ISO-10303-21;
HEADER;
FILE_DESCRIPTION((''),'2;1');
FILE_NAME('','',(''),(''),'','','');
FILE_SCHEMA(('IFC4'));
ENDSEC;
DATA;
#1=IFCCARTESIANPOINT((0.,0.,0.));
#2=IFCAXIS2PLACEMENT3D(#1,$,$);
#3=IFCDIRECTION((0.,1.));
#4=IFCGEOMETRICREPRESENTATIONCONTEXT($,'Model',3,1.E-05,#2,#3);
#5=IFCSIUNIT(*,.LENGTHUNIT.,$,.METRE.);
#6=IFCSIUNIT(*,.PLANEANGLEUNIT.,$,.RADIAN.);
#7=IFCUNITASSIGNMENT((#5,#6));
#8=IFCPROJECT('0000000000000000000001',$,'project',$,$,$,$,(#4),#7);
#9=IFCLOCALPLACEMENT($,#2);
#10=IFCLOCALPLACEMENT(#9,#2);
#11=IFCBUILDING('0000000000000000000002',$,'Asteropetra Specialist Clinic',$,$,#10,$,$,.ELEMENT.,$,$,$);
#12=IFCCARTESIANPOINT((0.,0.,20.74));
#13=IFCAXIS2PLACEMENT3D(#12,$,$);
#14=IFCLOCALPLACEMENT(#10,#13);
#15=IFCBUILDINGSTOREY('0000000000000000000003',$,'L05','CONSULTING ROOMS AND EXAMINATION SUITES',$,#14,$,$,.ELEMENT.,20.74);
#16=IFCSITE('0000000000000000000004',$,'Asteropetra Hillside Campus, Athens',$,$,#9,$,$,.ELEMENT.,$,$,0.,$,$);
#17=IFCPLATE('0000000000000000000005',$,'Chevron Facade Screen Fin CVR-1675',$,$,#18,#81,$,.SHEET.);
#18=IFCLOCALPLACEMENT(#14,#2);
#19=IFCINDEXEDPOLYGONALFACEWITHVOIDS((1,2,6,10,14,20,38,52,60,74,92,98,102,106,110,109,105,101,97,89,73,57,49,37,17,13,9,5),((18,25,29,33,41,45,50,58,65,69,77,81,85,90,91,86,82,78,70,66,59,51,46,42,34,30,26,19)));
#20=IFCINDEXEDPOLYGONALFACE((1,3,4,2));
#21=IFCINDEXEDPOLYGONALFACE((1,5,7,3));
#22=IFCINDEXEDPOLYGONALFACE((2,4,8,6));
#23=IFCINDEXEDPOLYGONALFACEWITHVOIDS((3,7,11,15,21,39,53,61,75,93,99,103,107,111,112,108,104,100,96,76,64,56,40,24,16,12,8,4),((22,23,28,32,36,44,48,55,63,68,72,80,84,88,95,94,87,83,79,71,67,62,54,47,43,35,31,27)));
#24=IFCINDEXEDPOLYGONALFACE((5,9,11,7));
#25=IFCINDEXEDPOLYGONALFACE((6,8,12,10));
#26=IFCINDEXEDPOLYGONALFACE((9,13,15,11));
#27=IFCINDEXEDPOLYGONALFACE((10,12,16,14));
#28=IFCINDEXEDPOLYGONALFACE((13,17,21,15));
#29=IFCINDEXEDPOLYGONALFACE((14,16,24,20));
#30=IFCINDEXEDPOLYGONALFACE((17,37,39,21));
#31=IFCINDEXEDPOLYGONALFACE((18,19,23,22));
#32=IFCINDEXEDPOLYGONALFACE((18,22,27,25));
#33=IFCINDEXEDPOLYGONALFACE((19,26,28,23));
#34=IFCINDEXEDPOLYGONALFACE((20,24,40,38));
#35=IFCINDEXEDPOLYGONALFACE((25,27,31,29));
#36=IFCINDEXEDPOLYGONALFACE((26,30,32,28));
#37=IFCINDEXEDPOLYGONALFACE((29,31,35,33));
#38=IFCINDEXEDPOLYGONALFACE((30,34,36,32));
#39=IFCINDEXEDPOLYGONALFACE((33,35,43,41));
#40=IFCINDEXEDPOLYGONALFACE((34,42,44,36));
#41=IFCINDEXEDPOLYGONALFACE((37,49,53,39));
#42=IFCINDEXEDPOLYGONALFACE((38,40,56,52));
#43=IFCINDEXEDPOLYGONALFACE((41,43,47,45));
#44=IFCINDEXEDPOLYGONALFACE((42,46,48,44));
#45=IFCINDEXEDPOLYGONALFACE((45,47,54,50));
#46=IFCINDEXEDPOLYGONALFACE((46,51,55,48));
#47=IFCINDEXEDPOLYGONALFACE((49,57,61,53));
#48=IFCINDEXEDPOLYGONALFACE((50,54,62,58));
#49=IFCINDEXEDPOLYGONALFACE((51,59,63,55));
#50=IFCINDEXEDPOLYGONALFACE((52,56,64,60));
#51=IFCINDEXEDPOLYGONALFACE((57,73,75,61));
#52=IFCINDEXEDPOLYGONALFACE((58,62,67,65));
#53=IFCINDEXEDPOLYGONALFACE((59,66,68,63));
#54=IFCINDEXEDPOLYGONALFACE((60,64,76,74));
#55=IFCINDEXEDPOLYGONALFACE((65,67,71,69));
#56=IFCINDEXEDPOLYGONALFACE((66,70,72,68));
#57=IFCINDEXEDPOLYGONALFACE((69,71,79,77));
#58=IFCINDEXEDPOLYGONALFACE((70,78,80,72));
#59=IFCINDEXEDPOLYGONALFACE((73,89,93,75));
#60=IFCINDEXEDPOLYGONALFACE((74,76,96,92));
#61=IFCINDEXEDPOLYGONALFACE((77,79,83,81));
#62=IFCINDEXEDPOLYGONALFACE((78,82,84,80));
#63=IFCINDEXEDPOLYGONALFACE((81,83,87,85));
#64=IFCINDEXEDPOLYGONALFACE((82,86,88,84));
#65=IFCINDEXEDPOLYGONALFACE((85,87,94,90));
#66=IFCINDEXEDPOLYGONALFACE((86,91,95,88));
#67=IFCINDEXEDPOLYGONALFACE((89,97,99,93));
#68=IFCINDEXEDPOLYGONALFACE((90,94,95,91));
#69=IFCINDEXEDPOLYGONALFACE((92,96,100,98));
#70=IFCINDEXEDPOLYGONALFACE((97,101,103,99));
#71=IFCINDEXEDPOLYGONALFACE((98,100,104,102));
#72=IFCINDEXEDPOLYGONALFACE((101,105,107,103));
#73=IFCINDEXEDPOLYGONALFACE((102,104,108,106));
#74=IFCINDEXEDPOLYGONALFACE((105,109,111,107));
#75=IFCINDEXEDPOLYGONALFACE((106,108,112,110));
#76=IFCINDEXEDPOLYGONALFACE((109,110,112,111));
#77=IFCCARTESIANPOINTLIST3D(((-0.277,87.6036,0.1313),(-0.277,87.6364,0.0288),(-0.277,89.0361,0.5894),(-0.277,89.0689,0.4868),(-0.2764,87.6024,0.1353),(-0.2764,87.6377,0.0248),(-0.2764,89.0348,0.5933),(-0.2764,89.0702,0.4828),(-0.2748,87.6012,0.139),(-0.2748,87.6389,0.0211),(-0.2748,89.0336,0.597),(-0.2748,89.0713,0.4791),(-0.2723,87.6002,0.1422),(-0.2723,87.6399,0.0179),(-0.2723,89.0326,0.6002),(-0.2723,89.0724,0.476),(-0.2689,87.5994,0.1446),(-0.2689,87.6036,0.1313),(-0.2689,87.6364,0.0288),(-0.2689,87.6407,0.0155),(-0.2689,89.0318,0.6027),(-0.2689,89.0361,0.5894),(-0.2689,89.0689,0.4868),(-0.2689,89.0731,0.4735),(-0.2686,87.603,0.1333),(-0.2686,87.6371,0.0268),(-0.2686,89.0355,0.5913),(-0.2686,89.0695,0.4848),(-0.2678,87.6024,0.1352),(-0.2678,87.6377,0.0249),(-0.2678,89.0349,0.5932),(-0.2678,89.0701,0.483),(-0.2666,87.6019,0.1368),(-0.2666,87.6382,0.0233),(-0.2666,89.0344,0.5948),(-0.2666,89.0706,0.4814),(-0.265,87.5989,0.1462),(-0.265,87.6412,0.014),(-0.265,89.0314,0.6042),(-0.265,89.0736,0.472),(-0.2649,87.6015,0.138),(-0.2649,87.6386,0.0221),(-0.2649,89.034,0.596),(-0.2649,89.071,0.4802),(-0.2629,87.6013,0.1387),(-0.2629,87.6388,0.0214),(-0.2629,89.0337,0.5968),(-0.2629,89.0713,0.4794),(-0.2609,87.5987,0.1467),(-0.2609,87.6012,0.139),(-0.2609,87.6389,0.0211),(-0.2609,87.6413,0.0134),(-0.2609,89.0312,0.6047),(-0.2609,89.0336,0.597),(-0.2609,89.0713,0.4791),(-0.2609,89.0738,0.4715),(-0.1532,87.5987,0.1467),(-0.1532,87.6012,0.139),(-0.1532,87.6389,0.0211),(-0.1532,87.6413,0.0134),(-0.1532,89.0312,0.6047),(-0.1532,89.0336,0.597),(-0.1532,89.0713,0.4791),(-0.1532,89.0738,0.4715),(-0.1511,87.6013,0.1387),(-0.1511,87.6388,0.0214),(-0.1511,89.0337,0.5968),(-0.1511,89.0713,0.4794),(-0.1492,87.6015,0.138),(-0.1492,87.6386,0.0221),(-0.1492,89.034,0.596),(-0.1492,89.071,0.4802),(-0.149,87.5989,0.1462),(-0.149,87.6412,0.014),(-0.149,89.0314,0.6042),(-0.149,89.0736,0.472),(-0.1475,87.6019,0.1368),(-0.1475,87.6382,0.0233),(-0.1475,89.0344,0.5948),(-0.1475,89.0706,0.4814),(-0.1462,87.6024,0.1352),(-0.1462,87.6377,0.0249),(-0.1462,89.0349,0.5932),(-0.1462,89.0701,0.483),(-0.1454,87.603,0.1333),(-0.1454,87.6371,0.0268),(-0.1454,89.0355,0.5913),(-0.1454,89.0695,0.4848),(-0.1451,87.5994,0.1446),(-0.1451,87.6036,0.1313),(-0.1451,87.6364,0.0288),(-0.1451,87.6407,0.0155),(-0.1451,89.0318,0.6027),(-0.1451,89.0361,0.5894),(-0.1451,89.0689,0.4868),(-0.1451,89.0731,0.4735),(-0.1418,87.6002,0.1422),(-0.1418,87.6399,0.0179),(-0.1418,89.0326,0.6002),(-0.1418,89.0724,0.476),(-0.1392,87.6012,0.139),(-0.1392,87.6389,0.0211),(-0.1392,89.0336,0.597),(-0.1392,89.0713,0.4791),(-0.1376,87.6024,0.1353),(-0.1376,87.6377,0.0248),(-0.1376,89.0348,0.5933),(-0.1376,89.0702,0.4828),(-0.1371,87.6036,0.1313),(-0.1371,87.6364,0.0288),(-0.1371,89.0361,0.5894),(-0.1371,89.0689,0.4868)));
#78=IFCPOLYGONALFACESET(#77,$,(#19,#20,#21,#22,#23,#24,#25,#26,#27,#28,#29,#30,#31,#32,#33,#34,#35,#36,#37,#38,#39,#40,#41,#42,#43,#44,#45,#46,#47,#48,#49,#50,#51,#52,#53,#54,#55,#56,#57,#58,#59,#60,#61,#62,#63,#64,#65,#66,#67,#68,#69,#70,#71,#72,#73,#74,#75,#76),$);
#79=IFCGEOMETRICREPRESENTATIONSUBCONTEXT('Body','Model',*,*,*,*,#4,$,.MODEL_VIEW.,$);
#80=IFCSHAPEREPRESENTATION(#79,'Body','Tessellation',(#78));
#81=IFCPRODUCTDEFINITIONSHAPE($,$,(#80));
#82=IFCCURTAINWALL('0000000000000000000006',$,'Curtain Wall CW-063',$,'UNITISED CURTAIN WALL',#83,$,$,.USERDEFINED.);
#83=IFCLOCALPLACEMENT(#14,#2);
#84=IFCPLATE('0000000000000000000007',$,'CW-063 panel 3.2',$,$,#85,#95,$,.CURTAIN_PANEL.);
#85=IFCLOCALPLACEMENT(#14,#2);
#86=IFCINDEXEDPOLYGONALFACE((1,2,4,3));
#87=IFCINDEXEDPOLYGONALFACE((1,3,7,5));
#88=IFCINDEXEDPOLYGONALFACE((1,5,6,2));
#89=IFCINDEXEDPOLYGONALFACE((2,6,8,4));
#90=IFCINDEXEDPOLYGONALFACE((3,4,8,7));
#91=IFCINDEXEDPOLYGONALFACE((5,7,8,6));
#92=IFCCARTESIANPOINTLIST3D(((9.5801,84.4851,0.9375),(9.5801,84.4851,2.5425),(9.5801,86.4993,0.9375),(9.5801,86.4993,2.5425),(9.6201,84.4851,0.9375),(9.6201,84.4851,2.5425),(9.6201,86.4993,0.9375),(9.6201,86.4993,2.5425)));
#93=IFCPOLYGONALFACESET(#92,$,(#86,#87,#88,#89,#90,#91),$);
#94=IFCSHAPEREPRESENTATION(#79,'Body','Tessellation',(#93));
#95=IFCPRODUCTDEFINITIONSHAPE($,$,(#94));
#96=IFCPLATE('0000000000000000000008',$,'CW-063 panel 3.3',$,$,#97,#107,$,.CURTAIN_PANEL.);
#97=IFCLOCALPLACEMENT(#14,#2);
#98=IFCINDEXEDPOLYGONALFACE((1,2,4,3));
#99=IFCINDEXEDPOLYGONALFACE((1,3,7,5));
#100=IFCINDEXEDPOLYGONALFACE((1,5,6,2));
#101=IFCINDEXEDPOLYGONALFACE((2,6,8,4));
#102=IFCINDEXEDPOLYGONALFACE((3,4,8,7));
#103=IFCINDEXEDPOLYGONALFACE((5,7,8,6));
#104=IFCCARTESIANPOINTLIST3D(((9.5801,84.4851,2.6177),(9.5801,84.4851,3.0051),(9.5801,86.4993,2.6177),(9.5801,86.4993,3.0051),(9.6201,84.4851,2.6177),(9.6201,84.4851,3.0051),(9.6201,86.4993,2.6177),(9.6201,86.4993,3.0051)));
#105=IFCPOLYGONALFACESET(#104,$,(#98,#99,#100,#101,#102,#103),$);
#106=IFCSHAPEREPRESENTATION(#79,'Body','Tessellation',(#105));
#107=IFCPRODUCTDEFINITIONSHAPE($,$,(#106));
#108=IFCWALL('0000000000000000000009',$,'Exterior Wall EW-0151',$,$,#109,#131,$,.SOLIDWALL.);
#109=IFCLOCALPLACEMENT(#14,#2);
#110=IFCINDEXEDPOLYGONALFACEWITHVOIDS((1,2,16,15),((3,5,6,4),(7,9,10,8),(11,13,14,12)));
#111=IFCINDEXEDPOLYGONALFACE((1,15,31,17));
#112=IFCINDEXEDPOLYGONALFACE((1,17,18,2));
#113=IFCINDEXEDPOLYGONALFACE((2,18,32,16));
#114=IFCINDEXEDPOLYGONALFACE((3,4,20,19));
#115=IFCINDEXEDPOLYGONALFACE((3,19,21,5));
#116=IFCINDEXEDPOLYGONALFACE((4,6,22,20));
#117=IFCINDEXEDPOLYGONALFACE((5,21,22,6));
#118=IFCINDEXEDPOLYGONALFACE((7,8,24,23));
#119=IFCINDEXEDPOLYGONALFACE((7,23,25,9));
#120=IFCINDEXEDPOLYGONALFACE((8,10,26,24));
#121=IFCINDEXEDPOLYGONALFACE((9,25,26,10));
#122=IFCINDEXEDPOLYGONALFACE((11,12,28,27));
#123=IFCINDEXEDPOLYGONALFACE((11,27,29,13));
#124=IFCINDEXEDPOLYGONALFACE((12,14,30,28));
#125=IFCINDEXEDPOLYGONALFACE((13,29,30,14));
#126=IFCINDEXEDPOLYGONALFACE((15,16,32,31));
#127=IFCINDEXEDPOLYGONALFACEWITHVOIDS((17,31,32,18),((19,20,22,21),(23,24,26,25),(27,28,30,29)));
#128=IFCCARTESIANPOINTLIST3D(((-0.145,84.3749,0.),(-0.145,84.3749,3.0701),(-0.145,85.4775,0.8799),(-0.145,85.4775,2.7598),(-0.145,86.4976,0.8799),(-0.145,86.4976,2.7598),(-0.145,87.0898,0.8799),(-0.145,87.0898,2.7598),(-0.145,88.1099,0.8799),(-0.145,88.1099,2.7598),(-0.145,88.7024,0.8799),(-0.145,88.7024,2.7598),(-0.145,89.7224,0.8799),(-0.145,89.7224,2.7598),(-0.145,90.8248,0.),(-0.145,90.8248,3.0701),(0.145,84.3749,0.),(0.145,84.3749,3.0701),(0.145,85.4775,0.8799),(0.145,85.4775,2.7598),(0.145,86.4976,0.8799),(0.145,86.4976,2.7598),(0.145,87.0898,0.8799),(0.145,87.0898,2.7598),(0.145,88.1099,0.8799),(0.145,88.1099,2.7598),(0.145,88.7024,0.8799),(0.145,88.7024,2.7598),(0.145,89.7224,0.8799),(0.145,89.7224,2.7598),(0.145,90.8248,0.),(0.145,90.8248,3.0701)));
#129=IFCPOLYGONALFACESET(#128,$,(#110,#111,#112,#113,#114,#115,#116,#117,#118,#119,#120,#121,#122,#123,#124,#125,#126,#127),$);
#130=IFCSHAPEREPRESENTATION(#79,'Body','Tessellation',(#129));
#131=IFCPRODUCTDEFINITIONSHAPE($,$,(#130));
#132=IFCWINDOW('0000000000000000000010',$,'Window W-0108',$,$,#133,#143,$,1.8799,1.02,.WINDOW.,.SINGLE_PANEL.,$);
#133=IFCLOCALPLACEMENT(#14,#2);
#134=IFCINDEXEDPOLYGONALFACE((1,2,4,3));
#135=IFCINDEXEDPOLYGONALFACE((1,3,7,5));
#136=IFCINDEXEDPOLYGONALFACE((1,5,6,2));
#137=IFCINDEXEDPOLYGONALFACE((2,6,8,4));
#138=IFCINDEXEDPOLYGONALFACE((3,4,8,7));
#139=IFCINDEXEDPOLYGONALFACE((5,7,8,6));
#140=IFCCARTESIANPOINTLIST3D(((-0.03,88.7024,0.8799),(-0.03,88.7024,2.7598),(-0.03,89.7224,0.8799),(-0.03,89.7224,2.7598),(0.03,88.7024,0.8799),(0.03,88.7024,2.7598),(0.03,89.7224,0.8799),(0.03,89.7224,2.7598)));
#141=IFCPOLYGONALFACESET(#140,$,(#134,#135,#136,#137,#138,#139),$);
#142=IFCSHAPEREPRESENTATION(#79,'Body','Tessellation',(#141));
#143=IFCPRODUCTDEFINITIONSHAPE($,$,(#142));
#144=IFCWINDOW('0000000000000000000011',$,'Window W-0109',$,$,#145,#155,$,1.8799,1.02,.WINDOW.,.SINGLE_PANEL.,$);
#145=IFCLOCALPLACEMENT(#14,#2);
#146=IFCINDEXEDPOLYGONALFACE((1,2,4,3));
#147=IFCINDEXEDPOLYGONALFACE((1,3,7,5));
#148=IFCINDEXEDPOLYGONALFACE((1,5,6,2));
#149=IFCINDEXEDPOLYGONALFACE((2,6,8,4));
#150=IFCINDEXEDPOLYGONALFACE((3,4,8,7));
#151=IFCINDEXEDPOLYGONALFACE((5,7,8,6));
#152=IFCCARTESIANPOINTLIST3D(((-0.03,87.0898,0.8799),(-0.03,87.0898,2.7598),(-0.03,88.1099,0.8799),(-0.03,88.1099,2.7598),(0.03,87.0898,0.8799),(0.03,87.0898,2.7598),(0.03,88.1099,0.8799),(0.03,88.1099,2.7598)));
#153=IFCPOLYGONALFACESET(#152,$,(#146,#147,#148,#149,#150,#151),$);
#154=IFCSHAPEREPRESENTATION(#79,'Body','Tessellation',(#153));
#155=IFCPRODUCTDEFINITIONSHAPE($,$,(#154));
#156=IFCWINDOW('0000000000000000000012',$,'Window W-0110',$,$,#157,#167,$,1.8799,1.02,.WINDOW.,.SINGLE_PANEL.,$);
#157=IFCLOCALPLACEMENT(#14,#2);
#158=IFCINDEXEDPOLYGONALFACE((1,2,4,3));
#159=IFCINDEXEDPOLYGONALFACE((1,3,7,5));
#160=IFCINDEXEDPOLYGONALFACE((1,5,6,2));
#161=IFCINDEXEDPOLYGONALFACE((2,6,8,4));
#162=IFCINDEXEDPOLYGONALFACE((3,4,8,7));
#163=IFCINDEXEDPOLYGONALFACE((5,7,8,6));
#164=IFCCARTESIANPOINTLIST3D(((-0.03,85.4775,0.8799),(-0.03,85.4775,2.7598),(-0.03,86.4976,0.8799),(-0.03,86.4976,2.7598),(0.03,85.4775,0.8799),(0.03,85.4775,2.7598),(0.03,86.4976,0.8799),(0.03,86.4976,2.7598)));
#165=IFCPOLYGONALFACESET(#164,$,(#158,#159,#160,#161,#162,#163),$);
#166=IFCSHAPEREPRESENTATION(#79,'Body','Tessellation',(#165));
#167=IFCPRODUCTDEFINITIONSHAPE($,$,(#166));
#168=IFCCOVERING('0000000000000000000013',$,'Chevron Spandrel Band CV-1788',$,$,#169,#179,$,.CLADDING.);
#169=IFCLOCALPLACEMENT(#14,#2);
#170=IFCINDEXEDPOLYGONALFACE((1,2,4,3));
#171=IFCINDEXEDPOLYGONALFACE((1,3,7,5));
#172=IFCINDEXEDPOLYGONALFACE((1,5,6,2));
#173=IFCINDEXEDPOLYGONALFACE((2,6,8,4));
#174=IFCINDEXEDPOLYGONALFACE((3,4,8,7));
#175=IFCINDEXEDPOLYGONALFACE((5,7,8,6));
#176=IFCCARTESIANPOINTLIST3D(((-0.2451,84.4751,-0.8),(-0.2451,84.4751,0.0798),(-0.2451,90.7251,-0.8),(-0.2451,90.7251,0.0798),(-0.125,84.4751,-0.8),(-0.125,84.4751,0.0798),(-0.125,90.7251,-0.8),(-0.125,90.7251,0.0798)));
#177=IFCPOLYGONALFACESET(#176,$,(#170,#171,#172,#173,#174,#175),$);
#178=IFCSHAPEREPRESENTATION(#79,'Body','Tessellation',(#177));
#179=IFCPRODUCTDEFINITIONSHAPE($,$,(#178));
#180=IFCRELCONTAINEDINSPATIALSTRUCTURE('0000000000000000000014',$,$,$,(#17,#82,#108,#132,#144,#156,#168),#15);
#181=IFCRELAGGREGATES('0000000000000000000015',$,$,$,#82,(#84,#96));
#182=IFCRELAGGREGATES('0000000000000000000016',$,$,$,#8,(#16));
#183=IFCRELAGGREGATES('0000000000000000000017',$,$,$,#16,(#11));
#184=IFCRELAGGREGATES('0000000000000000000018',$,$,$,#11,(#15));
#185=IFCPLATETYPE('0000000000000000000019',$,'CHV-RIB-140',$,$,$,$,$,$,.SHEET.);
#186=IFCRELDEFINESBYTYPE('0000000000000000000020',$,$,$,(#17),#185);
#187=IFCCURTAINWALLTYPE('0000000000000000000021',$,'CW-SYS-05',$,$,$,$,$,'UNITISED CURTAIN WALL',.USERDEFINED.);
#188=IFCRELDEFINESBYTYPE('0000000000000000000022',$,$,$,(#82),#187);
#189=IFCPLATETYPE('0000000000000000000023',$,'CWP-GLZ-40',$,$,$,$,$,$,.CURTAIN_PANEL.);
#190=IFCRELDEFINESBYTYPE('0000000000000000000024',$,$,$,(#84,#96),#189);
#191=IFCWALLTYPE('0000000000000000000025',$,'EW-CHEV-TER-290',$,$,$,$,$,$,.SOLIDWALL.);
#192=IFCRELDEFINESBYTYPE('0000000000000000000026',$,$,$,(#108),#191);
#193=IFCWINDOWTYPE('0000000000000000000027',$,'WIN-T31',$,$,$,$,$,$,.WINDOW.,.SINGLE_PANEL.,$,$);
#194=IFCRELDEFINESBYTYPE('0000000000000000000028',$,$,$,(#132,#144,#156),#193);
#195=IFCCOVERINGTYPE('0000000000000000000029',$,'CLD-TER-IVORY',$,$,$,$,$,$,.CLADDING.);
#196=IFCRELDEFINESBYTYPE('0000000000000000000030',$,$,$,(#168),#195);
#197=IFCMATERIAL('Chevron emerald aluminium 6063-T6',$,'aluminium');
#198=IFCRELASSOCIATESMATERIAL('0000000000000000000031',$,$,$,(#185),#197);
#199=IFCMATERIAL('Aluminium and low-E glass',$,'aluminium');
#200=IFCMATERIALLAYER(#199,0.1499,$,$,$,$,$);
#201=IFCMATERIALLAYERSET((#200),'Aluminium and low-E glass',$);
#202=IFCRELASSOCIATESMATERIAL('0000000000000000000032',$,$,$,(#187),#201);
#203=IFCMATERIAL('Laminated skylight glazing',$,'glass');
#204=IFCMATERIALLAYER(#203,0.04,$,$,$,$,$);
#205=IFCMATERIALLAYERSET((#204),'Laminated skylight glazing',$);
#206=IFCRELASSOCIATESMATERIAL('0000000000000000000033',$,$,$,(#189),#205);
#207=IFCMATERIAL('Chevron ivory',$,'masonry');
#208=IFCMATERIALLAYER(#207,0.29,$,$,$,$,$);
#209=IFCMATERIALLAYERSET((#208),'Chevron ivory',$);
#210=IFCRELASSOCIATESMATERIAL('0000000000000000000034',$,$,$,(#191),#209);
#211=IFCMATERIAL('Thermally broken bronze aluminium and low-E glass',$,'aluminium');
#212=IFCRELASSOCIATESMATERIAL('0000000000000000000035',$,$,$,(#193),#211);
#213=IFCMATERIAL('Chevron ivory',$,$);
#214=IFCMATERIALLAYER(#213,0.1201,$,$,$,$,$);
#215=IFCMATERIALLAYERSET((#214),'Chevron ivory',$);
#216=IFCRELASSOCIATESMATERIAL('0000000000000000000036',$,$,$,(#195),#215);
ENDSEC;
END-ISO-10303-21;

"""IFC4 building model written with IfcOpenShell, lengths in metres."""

from ifc_helpers import new_model, si_unit, direction, frame, frame_2d, origin, origin_2d, place, context, subcontext, project, spatial, rectangle, hollow_rectangle, extrude, material, layer, layer_set, material_profile, profile_set, type_object, element, fill, aggregate, save


model = new_model("IFC4")

# Units and contexts
model_context = context("Model", 3, precision=1e-05, world=origin(), true_north=direction((0.0, 1.0)))
body_context = subcontext(model_context, "Body", "Model", "MODEL_VIEW")
ifc_project = project(units=[si_unit("LENGTHUNIT", "METRE"), si_unit("PLANEANGLEUNIT", "RADIAN")], contexts=[model_context])

# Site, building, storey
site_placement = place(None, origin())
site = spatial("IfcSite", under=ifc_project, at=site_placement, Name="Asteropetra Hillside Campus, Athens", CompositionType="ELEMENT", RefElevation=0.0)
building_placement = place(site_placement, origin())
building = spatial("IfcBuilding", under=site, at=building_placement, Name="Asteropetra Specialist Clinic", CompositionType="ELEMENT")
storey_placement = place(building_placement, frame((0.0, 0.0, 20.74)))
storey = spatial("IfcBuildingStorey", under=building, at=storey_placement, Name="L05", Description="CONSULTING ROOMS AND EXAMINATION SUITES", CompositionType="ELEMENT", Elevation=20.74)

# Plate
ifc_material_1 = material(Name="Chevron emerald aluminium 6063-T6", Category="aluminium")
ifc_material_profile_1 = material_profile(ifc_material_1, hollow_rectangle(XDim=0.1399, YDim=0.1399, WallThickness=0.0081, InnerFilletRadius=0.0081, OuterFilletRadius=0.0161, at=origin_2d()), Name="SHS 140x140x8.0")
ifc_profile_set_1 = profile_set([ifc_material_profile_1], Name="Chevron emerald aluminium 6063-T6")
plate_type_1 = type_object("IfcPlateType", Name="CHV-RIB-140", PredefinedType="SHEET", material=ifc_profile_set_1)
plate_1_placement = place(storey_placement, frame((-0.207, 89.0525, 0.5381), z_axis=(0.0, -0.952492, -0.304564), x_axis=(1.0, 0.0, 0.0)))
element("IfcPlate", 1, at=plate_1_placement, inside=storey, type_object=plate_type_1, Name="Chevron Facade Screen Fin CVR-1675", PredefinedType="SHEET", context=body_context, shape_type="SweptSolid", body=[
    extrude(hollow_rectangle(XDim=0.1399, YDim=0.1399, WallThickness=0.0081, InnerFilletRadius=0.0081, OuterFilletRadius=0.0161, at=origin_2d()), origin(), (0.0, 0.0, 1.0), 1.5039),
])

# Curtain wall, plates
ifc_material_2 = material(Name="Aluminium and low-E glass", Category="aluminium")
ifc_layer_1 = layer(ifc_material_2, 0.1499)
ifc_layer_set_1 = layer_set([ifc_layer_1], Name="Aluminium and low-E glass")
curtain_wall_type = type_object("IfcCurtainWallType", Name="CW-SYS-05", ElementType="UNITISED CURTAIN WALL", PredefinedType="USERDEFINED", material=ifc_layer_set_1)
curtain_wall_placement = place(storey_placement, origin())
curtain_wall = element("IfcCurtainWall", 2, at=curtain_wall_placement, inside=storey, type_object=curtain_wall_type, Name="Curtain Wall CW-063", ObjectType="UNITISED CURTAIN WALL", PredefinedType="USERDEFINED")
ifc_material_3 = material(Name="Laminated skylight glazing", Category="glass")
ifc_layer_2 = layer(ifc_material_3, 0.04)
ifc_layer_set_2 = layer_set([ifc_layer_2], Name="Laminated skylight glazing")
plate_type_2 = type_object("IfcPlateType", Name="CWP-GLZ-40", PredefinedType="CURTAIN_PANEL", material=ifc_layer_set_2)
plate_2_placement = place(storey_placement, frame((9.6001, 85.4922, 0.9375), z_axis=(0.0, 0.0, 1.0), x_axis=(0.0, -1.0, 0.0)))
plate_2 = element("IfcPlate", 3, at=plate_2_placement, type_object=plate_type_2, Name="CW-063 panel 3.2", PredefinedType="CURTAIN_PANEL", context=body_context, shape_type="SweptSolid", body=[
    extrude(rectangle(XDim=2.0142, YDim=0.04, at=origin_2d()), origin(), (0.0, 0.0, 1.0), 1.605),
])
plate_3_placement = place(storey_placement, frame((9.6001, 85.4922, 2.6177), z_axis=(0.0, 0.0, 1.0), x_axis=(0.0, -1.0, 0.0)))
plate_3 = element("IfcPlate", 4, at=plate_3_placement, type_object=plate_type_2, Name="CW-063 panel 3.3", PredefinedType="CURTAIN_PANEL", context=body_context, shape_type="SweptSolid", body=[
    extrude(rectangle(XDim=2.0142, YDim=0.04, at=origin_2d()), origin(), (0.0, 0.0, 1.0), 0.3875),
])
aggregate(curtain_wall, [plate_2, plate_3])

# Wall, openings, windows
ifc_material_4 = material(Name="Chevron ivory", Category="masonry")
ifc_layer_3 = layer(ifc_material_4, 0.29)
ifc_layer_set_3 = layer_set([ifc_layer_3], Name="Chevron ivory")
wall_type = type_object("IfcWallType", Name="EW-CHEV-TER-290", PredefinedType="SOLIDWALL", material=ifc_layer_set_3)
wall_placement = place(storey_placement, frame((0.0, 90.825, 0.0), z_axis=(0.0, 0.0, 1.0), x_axis=(0.0, -1.0, 0.0)))
wall = element("IfcWall", 5, at=wall_placement, inside=storey, type_object=wall_type, Name="Exterior Wall EW-0151", PredefinedType="SOLIDWALL", context=body_context, shape_type="SweptSolid", body=[
    extrude(rectangle(XDim=6.45, YDim=0.29, at=frame_2d((3.2251, 0.0))), origin(), (0.0, 0.0, 1.0), 3.0701),
])
opening_1_placement = place(wall_placement, frame((1.1025, 0.0, 0.8799)))
opening_1 = element("IfcOpeningElement", 6, at=opening_1_placement, cuts=wall, PredefinedType="OPENING", context=body_context, shape_type="SweptSolid", body=[
    extrude(rectangle(XDim=1.02, YDim=1.8799, at=frame_2d((0.51, 0.9399))), frame((0.0, 0.155, 0.0), z_axis=(0.0, -1.0, 0.0), x_axis=(1.0, 0.0, 0.0)), (0.0, 0.0, 1.0), 0.3101),
])
opening_2_placement = place(wall_placement, frame((2.7151, 0.0, 0.8799)))
opening_2 = element("IfcOpeningElement", 7, at=opening_2_placement, cuts=wall, PredefinedType="OPENING", context=body_context, shape_type="SweptSolid", body=[
    extrude(rectangle(XDim=1.02, YDim=1.8799, at=frame_2d((0.51, 0.9399))), frame((0.0, 0.155, 0.0), z_axis=(0.0, -1.0, 0.0), x_axis=(1.0, 0.0, 0.0)), (0.0, 0.0, 1.0), 0.3101),
])
opening_3_placement = place(wall_placement, frame((4.3274, 0.0, 0.8799)))
opening_3 = element("IfcOpeningElement", 8, at=opening_3_placement, cuts=wall, PredefinedType="OPENING", context=body_context, shape_type="SweptSolid", body=[
    extrude(rectangle(XDim=1.02, YDim=1.8799, at=frame_2d((0.51, 0.9399))), frame((0.0, 0.155, 0.0), z_axis=(0.0, -1.0, 0.0), x_axis=(1.0, 0.0, 0.0)), (0.0, 0.0, 1.0), 0.3101),
])
ifc_material_5 = material(Name="Thermally broken bronze aluminium and low-E glass", Category="aluminium")
window_type = type_object("IfcWindowType", Name="WIN-T31", PartitioningType="SINGLE_PANEL", PredefinedType="WINDOW", material=ifc_material_5)
window_1_placement = place(opening_1_placement, origin())
window_1 = element("IfcWindow", 9, at=window_1_placement, inside=storey, type_object=window_type, Name="Window W-0108", OverallHeight=1.8799, OverallWidth=1.02, PartitioningType="SINGLE_PANEL", PredefinedType="WINDOW", context=body_context, shape_type="SweptSolid", body=[
    extrude(rectangle(XDim=1.02, YDim=1.8799, at=frame_2d((0.51, 0.9399))), frame((0.0, 0.03, 0.0), z_axis=(0.0, -1.0, 0.0), x_axis=(1.0, 0.0, 0.0)), (0.0, 0.0, 1.0), 0.0601),
])
fill(opening_1, window_1)
window_2_placement = place(opening_2_placement, origin())
window_2 = element("IfcWindow", 10, at=window_2_placement, inside=storey, type_object=window_type, Name="Window W-0109", OverallHeight=1.8799, OverallWidth=1.02, PartitioningType="SINGLE_PANEL", PredefinedType="WINDOW", context=body_context, shape_type="SweptSolid", body=[
    extrude(rectangle(XDim=1.02, YDim=1.8799, at=frame_2d((0.51, 0.9399))), frame((0.0, 0.03, 0.0), z_axis=(0.0, -1.0, 0.0), x_axis=(1.0, 0.0, 0.0)), (0.0, 0.0, 1.0), 0.0601),
])
fill(opening_2, window_2)
window_3_placement = place(opening_3_placement, origin())
window_3 = element("IfcWindow", 11, at=window_3_placement, inside=storey, type_object=window_type, Name="Window W-0110", OverallHeight=1.8799, OverallWidth=1.02, PartitioningType="SINGLE_PANEL", PredefinedType="WINDOW", context=body_context, shape_type="SweptSolid", body=[
    extrude(rectangle(XDim=1.02, YDim=1.8799, at=frame_2d((0.51, 0.9399))), frame((0.0, 0.03, 0.0), z_axis=(0.0, -1.0, 0.0), x_axis=(1.0, 0.0, 0.0)), (0.0, 0.0, 1.0), 0.0601),
])
fill(opening_3, window_3)

# Covering
ifc_material_6 = material(Name="Chevron ivory")
ifc_layer_4 = layer(ifc_material_6, 0.1201)
ifc_layer_set_4 = layer_set([ifc_layer_4], Name="Chevron ivory")
covering_type_1 = type_object("IfcCoveringType", Name="CLD-TER-IVORY", PredefinedType="CLADDING", material=ifc_layer_set_4)
covering_1_placement = place(storey_placement, frame((-0.1851, 87.6001, -0.8), z_axis=(0.0, 0.0, 1.0), x_axis=(1.0, 0.0, 0.0)))
element("IfcCovering", 12, at=covering_1_placement, inside=storey, type_object=covering_type_1, Name="Chevron Spandrel Band CV-1788", PredefinedType="CLADDING", context=body_context, shape_type="SweptSolid", body=[
    extrude(rectangle(XDim=0.1201, YDim=6.25, at=origin_2d()), origin(), (0.0, 0.0, 1.0), 0.8799),
])

save(model, "model.ifc")
